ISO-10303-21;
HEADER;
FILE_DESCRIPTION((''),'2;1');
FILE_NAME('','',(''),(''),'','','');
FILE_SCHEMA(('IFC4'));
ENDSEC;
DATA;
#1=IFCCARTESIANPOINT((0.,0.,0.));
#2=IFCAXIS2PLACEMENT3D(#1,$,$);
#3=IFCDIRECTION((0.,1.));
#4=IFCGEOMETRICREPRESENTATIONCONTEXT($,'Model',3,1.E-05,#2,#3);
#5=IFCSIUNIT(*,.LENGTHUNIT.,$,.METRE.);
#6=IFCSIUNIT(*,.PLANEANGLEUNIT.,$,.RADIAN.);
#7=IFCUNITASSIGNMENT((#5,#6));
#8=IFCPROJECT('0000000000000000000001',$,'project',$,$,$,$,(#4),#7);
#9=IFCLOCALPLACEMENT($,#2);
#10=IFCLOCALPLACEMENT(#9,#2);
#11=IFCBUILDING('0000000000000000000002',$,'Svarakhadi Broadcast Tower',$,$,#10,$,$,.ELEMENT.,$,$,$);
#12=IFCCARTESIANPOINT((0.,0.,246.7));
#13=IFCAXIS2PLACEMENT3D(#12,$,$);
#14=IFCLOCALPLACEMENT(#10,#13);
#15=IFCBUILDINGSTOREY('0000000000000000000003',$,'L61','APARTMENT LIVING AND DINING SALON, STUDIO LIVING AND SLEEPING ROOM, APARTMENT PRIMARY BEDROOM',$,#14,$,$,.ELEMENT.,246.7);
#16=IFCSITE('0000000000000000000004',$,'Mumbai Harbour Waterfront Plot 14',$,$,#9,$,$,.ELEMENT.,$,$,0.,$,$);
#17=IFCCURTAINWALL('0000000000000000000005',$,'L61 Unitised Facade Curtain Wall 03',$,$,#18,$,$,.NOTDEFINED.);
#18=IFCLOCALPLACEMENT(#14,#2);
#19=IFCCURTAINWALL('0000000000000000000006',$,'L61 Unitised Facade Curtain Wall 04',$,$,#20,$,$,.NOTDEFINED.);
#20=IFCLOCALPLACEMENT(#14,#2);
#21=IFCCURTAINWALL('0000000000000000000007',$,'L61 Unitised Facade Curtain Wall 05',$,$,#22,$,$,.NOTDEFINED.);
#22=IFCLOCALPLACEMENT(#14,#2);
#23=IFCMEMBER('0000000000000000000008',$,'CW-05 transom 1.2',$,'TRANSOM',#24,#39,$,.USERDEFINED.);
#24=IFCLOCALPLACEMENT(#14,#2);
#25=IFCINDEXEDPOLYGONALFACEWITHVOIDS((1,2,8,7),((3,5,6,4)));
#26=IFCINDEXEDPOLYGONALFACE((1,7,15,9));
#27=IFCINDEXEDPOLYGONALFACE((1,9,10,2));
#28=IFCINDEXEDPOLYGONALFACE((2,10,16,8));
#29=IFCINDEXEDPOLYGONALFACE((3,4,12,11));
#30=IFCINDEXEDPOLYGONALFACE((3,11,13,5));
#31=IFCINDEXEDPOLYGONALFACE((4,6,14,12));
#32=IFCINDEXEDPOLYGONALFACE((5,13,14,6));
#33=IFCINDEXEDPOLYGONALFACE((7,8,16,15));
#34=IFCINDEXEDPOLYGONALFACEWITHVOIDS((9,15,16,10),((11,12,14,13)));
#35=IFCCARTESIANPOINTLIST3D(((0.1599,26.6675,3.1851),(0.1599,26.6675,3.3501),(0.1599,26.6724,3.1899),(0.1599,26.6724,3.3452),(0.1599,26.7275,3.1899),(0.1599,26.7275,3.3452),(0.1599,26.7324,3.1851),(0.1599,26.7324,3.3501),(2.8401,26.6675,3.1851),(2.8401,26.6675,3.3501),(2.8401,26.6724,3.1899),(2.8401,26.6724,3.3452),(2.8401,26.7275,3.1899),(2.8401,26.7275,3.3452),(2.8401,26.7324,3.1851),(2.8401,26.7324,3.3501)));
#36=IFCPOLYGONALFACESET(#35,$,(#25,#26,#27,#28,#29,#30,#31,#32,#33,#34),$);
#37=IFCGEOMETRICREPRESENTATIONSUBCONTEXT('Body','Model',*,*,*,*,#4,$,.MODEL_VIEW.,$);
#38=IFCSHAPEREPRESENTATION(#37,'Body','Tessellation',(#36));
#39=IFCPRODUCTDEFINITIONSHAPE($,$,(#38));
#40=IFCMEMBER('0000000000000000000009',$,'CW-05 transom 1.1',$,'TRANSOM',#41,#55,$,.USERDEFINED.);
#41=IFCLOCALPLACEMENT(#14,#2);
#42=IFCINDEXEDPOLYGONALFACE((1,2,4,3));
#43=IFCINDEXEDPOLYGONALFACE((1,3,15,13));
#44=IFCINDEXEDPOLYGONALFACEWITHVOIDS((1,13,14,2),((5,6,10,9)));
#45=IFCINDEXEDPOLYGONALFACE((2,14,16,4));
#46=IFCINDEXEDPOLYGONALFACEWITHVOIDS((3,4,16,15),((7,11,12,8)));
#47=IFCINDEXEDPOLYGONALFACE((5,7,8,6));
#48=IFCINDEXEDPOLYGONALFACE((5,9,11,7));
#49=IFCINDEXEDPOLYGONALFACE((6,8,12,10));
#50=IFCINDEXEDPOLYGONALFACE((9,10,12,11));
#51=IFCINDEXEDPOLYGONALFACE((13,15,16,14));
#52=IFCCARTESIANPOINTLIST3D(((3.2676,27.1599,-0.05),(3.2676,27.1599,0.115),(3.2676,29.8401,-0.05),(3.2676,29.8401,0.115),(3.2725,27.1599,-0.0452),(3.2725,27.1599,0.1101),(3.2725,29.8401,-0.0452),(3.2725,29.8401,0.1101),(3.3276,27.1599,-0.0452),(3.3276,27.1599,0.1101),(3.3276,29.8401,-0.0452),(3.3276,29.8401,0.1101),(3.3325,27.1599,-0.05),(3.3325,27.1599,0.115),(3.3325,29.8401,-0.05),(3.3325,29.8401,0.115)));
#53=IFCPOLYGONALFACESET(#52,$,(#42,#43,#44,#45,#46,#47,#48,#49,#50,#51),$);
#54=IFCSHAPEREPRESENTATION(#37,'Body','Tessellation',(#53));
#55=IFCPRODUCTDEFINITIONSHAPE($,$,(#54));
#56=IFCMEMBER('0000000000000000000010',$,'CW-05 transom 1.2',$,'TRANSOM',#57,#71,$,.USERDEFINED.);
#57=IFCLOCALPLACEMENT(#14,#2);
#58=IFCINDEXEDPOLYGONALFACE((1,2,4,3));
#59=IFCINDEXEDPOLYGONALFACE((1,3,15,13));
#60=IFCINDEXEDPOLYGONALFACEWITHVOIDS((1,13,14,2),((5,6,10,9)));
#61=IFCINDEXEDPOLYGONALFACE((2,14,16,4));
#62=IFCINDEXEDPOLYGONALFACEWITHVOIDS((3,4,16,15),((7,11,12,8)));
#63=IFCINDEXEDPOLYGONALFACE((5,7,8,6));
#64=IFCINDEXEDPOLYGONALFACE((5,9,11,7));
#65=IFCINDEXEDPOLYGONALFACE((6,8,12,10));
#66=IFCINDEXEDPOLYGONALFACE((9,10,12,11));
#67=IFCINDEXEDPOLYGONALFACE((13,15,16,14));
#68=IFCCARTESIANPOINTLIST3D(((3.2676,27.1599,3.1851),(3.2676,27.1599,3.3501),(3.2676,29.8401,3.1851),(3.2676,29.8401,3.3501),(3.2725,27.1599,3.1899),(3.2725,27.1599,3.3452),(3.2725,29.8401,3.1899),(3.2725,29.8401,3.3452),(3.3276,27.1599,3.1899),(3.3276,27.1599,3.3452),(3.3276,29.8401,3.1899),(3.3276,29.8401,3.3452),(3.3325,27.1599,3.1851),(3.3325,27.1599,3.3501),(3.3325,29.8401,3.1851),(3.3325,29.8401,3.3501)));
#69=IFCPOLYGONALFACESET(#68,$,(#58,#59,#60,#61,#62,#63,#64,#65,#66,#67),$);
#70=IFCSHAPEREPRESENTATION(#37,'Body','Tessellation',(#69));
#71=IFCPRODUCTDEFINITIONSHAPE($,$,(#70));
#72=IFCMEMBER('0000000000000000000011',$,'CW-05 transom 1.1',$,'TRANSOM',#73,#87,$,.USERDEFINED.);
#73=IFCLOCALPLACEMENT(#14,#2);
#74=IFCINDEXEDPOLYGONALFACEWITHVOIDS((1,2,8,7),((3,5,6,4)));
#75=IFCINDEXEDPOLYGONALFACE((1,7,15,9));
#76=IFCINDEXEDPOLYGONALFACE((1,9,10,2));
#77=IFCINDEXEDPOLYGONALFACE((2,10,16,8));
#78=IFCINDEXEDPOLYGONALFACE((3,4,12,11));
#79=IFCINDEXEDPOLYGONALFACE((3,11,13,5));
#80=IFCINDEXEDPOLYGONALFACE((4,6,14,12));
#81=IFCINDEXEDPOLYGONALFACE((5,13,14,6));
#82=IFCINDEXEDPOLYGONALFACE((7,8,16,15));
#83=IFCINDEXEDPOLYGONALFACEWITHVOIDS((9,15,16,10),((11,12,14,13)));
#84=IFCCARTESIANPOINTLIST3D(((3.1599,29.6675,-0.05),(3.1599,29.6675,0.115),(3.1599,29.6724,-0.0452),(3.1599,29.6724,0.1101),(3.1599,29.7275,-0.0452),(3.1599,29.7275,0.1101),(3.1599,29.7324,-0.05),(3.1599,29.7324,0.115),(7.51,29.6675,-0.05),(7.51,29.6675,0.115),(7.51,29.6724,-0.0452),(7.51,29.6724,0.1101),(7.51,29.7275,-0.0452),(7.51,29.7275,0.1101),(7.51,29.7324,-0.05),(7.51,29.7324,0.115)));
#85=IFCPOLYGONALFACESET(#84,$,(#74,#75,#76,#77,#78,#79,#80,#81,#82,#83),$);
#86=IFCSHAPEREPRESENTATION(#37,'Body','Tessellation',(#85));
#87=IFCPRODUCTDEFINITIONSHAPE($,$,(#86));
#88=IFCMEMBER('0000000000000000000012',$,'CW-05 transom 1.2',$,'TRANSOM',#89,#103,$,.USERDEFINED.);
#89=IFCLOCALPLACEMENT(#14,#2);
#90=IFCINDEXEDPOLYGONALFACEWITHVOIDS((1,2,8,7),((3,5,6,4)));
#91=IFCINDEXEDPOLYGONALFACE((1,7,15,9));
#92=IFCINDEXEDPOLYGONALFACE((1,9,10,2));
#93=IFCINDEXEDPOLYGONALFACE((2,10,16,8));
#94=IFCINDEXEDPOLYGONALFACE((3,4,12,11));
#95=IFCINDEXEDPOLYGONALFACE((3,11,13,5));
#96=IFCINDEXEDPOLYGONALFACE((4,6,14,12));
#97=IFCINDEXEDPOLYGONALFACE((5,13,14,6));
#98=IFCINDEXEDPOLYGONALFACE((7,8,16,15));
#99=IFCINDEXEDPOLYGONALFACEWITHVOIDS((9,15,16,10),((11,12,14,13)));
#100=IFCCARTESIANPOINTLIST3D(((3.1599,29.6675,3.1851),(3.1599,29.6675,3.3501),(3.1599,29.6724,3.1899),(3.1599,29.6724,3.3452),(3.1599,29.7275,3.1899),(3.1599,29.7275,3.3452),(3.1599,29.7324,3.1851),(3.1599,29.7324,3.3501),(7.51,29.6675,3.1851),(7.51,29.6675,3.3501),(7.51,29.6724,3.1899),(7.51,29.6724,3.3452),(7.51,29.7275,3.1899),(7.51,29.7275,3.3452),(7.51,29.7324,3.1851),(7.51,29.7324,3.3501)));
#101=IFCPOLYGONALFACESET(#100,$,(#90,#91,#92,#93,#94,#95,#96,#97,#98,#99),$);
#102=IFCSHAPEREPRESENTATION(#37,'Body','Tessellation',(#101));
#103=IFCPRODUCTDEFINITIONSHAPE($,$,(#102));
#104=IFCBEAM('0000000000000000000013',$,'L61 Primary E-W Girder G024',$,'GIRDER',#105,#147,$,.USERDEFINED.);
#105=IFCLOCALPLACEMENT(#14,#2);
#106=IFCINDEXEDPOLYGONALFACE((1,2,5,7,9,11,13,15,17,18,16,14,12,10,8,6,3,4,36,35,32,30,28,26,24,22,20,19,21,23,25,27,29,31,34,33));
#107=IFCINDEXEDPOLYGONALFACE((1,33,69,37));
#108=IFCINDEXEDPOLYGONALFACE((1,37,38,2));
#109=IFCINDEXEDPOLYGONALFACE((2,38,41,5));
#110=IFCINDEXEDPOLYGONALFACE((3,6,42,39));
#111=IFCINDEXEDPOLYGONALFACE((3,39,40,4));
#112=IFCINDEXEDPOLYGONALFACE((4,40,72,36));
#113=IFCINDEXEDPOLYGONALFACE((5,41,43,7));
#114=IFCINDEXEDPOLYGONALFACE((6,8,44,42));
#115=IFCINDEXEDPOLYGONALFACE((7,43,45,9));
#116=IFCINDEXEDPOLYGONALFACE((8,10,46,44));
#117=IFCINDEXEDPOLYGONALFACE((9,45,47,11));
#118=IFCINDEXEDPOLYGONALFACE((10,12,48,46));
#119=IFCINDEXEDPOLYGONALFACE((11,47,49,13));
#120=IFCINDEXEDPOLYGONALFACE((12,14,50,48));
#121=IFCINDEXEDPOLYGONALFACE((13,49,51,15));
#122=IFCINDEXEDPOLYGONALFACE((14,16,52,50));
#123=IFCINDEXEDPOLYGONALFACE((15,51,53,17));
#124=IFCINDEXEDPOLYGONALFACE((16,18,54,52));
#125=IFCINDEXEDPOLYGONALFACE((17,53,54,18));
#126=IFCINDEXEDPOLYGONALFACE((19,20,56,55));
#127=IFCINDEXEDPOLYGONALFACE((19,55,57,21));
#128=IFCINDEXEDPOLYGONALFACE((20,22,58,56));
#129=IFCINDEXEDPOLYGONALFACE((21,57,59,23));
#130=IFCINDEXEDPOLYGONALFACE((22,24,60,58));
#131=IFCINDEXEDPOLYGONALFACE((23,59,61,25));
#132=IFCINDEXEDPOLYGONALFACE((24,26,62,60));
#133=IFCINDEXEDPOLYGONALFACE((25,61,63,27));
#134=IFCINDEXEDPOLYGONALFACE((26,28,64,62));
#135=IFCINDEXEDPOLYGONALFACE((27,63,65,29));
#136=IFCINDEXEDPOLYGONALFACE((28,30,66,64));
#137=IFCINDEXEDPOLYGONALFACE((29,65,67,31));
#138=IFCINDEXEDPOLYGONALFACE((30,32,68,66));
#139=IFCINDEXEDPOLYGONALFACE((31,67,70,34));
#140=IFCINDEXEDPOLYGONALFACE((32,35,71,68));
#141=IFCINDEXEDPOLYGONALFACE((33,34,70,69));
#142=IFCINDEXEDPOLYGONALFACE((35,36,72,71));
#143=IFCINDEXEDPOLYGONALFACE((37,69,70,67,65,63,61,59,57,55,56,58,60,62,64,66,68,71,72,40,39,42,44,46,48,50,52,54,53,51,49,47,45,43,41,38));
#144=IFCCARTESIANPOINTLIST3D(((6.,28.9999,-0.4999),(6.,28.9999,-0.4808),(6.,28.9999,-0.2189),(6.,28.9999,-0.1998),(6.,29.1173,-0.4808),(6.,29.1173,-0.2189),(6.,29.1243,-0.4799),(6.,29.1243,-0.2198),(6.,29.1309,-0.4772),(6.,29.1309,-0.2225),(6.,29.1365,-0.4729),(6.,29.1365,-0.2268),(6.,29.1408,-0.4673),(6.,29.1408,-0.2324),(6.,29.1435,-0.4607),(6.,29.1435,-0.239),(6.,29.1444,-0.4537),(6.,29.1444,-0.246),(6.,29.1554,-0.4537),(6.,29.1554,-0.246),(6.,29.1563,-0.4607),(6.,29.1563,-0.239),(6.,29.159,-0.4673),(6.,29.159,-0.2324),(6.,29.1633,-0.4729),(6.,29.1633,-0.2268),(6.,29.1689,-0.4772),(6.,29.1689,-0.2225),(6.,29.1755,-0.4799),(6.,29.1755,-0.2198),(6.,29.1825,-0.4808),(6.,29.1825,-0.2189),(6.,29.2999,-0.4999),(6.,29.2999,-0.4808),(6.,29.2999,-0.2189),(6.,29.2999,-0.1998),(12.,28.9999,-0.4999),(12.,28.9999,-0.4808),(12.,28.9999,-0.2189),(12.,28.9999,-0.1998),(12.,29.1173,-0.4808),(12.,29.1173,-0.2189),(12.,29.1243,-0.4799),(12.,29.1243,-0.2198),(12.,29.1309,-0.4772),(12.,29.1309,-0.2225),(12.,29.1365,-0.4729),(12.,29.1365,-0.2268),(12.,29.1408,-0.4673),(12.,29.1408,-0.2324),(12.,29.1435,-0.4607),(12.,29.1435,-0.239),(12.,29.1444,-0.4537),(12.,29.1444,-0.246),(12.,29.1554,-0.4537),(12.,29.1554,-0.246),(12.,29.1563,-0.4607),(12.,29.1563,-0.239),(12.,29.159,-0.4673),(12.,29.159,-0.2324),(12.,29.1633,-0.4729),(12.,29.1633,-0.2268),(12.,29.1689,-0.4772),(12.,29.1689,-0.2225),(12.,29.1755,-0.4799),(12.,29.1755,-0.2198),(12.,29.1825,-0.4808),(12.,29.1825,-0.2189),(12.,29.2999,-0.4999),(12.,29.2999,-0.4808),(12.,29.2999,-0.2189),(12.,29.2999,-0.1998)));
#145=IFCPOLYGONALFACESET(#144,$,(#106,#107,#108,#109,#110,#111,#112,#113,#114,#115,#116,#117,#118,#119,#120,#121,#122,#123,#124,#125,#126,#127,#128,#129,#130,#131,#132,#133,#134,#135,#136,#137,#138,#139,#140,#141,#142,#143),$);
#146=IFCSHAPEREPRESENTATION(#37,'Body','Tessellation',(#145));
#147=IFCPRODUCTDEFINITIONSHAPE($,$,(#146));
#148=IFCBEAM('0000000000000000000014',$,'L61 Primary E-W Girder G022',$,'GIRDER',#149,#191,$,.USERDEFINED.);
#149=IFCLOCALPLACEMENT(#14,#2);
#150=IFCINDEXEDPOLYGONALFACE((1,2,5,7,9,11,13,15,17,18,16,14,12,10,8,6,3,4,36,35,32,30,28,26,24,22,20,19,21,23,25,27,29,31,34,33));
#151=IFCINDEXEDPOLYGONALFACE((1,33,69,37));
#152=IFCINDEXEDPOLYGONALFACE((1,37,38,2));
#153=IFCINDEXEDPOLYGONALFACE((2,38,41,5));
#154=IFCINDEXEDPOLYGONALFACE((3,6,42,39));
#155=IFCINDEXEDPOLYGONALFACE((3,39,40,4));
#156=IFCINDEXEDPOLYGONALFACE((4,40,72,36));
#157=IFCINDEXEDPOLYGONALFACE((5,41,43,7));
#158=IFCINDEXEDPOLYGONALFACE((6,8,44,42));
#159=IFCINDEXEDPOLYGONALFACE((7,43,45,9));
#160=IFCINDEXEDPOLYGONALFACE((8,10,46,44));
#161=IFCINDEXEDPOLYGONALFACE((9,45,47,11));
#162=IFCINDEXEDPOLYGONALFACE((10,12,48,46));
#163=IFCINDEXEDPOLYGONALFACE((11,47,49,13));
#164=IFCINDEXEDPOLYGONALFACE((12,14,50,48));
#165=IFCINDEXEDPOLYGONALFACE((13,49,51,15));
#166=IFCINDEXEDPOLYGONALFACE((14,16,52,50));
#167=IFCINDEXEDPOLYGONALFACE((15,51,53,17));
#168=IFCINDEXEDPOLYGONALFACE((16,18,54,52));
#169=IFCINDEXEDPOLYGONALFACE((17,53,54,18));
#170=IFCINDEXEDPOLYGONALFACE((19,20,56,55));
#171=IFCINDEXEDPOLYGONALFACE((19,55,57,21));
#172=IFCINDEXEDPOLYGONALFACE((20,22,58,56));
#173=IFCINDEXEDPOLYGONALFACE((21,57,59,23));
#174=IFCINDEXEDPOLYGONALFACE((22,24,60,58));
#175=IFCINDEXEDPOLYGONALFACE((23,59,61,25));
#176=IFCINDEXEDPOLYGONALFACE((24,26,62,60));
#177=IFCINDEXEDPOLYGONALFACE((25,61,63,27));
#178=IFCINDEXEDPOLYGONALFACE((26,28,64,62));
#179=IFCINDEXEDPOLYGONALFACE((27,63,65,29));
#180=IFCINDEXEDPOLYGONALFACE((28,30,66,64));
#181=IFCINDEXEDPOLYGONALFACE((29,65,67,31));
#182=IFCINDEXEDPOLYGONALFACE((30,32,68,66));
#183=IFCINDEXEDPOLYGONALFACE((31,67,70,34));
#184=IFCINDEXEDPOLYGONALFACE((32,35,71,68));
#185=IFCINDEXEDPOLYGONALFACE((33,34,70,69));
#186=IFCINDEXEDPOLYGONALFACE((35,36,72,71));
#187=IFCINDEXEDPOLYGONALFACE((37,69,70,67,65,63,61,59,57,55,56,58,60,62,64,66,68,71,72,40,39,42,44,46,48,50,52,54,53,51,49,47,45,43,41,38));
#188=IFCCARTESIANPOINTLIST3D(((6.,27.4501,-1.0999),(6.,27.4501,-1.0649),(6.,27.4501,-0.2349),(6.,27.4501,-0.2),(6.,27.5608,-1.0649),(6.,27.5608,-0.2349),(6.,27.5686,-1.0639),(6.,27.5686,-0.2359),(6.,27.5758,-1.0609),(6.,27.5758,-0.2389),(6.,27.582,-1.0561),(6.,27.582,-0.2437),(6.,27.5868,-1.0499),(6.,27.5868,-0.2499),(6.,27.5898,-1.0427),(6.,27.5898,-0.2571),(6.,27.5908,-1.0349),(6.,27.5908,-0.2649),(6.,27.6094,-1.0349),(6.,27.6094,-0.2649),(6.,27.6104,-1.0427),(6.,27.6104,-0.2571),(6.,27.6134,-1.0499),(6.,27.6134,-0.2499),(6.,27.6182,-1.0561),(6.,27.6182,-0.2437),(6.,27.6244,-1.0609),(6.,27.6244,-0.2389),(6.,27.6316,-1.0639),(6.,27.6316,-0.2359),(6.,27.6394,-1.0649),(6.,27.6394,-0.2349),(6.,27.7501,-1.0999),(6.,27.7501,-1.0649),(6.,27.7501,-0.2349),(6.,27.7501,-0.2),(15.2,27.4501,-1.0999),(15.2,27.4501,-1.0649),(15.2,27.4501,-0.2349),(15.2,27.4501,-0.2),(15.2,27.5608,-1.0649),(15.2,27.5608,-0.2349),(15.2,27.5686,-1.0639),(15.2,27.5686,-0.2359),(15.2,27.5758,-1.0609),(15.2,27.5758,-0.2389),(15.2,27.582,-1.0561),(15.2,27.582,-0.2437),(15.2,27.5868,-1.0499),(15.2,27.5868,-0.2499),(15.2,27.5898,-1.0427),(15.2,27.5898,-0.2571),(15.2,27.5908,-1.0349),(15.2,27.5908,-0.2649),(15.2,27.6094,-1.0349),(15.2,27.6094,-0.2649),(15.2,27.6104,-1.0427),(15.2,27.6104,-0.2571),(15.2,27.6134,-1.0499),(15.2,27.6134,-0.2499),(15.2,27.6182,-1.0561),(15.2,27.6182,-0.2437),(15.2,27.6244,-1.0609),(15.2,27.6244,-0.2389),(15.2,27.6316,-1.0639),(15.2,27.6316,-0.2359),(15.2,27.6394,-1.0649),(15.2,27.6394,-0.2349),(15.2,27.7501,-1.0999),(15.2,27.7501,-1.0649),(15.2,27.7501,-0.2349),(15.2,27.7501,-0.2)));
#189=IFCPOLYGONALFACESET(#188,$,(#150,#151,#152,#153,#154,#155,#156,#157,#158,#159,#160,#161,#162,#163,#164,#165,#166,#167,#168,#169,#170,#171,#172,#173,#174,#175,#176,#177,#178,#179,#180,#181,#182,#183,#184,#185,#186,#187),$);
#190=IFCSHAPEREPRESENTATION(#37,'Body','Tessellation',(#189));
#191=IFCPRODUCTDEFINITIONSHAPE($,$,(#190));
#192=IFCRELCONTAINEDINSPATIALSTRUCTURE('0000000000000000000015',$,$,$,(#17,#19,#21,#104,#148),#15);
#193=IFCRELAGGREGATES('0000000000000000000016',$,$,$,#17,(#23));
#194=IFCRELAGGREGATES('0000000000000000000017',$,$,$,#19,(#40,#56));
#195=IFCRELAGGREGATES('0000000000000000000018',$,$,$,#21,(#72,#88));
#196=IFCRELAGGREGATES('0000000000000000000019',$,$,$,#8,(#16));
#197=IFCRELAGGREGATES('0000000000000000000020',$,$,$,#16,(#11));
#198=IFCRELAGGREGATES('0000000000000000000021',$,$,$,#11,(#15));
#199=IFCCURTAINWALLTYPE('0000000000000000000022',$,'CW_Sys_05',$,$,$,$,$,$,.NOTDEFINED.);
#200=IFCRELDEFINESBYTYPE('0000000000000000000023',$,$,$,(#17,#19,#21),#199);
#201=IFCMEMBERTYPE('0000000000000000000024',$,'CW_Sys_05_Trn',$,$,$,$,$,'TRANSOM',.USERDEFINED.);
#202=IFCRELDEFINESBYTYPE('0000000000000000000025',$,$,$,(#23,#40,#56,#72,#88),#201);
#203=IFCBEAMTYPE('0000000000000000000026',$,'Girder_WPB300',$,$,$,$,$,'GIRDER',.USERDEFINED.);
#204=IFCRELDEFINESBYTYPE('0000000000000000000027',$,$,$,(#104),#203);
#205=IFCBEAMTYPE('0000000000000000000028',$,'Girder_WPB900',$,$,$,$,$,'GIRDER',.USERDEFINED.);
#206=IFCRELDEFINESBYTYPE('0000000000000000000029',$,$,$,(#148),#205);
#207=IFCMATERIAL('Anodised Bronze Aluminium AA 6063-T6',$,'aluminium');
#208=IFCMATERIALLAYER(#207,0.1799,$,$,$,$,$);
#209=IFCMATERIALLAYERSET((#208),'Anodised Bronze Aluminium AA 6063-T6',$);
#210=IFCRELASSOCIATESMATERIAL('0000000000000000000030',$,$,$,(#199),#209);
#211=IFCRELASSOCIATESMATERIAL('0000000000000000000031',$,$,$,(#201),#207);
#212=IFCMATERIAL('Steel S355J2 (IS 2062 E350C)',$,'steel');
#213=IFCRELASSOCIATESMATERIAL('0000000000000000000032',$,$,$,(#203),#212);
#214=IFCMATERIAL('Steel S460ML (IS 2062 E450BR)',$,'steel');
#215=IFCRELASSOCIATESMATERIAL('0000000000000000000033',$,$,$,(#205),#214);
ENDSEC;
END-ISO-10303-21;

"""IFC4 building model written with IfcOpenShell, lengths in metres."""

from ifc_helpers import new_model, si_unit, direction, frame, origin, origin_2d, place, context, subcontext, project, spatial, hollow_rectangle, i_section, extrude, material, layer, layer_set, material_profile, profile_set, type_object, element, aggregate, save


model = new_model("IFC4")

# Units and contexts
model_context = context("Model", 3, precision=1e-05, world=origin(), true_north=direction((0.0, 1.0)))
body_context = subcontext(model_context, "Body", "Model", "MODEL_VIEW")
ifc_project = project(units=[si_unit("LENGTHUNIT", "METRE"), si_unit("PLANEANGLEUNIT", "RADIAN")], contexts=[model_context])

# Site, building, storey
site_placement = place(None, origin())
site = spatial("IfcSite", under=ifc_project, at=site_placement, Name="Mumbai Harbour Waterfront Plot 14", CompositionType="ELEMENT", RefElevation=0.0)
building_placement = place(site_placement, origin())
building = spatial("IfcBuilding", under=site, at=building_placement, Name="Svarakhadi Broadcast Tower", CompositionType="ELEMENT")
storey_placement = place(building_placement, frame((0.0, 0.0, 246.7)))
storey = spatial("IfcBuildingStorey", under=building, at=storey_placement, Name="L61", Description="APARTMENT LIVING AND DINING SALON, STUDIO LIVING AND SLEEPING ROOM, APARTMENT PRIMARY BEDROOM", CompositionType="ELEMENT", Elevation=246.7)

# Shared definitions
ifc_material_1 = material(Name="Steel S460ML (IS 2062 E450BR)", Category="steel")

# Curtain walls
ifc_material_2 = material(Name="Anodised Bronze Aluminium AA 6063-T6", Category="aluminium")
ifc_layer_1 = layer(ifc_material_2, 0.1799)
ifc_layer_set_1 = layer_set([ifc_layer_1], Name="Anodised Bronze Aluminium AA 6063-T6")
curtain_wall_type = type_object("IfcCurtainWallType", Name="CW_Sys_05", PredefinedType="NOTDEFINED", material=ifc_layer_set_1)
curtain_wall_1_placement = place(storey_placement, origin())
curtain_wall_1 = element("IfcCurtainWall", 1, at=curtain_wall_1_placement, inside=storey, type_object=curtain_wall_type, Name="L61 Unitised Facade Curtain Wall 03", PredefinedType="NOTDEFINED")
curtain_wall_2_placement = place(storey_placement, origin())
curtain_wall_2 = element("IfcCurtainWall", 2, at=curtain_wall_2_placement, inside=storey, type_object=curtain_wall_type, Name="L61 Unitised Facade Curtain Wall 04", PredefinedType="NOTDEFINED")

# Curtain wall
curtain_wall_3_placement = place(storey_placement, origin())
curtain_wall_3 = element("IfcCurtainWall", 3, at=curtain_wall_3_placement, inside=storey, type_object=curtain_wall_type, Name="L61 Unitised Facade Curtain Wall 05", PredefinedType="NOTDEFINED")

# Members
ifc_material_profile_1 = material_profile(ifc_material_2, hollow_rectangle(XDim=0.0649, YDim=0.165, WallThickness=0.0049, at=origin_2d()), Name="ALU TRANSOM 165x65x5")
ifc_profile_set_1 = profile_set([ifc_material_profile_1], Name="Anodised Bronze Aluminium AA 6063-T6")
member_type_1 = type_object("IfcMemberType", Name="CW_Sys_05_Trn", ElementType="TRANSOM", PredefinedType="USERDEFINED", material=ifc_profile_set_1)
member_1_placement = place(storey_placement, frame((0.1599, 26.7, 3.2676), z_axis=(1.0, 0.0, 0.0), x_axis=(0.0, 1.0, 0.0)))
member_1 = element("IfcMember", 4, at=member_1_placement, type_object=member_type_1, Name="CW-05 transom 1.2", ObjectType="TRANSOM", PredefinedType="USERDEFINED", context=body_context, shape_type="SweptSolid", body=[
    extrude(hollow_rectangle(XDim=0.0649, YDim=0.165, WallThickness=0.0049, at=origin_2d()), origin(), (0.0, 0.0, 1.0), 2.6802),
])
member_2_placement = place(storey_placement, frame((3.3, 27.1599, 0.0325), z_axis=(0.0, 1.0, 0.0), x_axis=(-1.0, 0.0, 0.0)))
member_2 = element("IfcMember", 5, at=member_2_placement, type_object=member_type_1, Name="CW-05 transom 1.1", ObjectType="TRANSOM", PredefinedType="USERDEFINED", context=body_context, shape_type="SweptSolid", body=[
    extrude(hollow_rectangle(XDim=0.0649, YDim=0.165, WallThickness=0.0049, at=origin_2d()), origin(), (0.0, 0.0, 1.0), 2.6802),
])
member_3_placement = place(storey_placement, frame((3.3, 27.1599, 3.2676), z_axis=(0.0, 1.0, 0.0), x_axis=(-1.0, 0.0, 0.0)))
member_3 = element("IfcMember", 6, at=member_3_placement, type_object=member_type_1, Name="CW-05 transom 1.2", ObjectType="TRANSOM", PredefinedType="USERDEFINED", context=body_context, shape_type="SweptSolid", body=[
    extrude(hollow_rectangle(XDim=0.0649, YDim=0.165, WallThickness=0.0049, at=origin_2d()), origin(), (0.0, 0.0, 1.0), 2.6802),
])
member_4_placement = place(storey_placement, frame((3.1599, 29.7, 0.0325), z_axis=(1.0, 0.0, 0.0), x_axis=(0.0, 1.0, 0.0)))
member_4 = element("IfcMember", 7, at=member_4_placement, type_object=member_type_1, Name="CW-05 transom 1.1", ObjectType="TRANSOM", PredefinedType="USERDEFINED", context=body_context, shape_type="SweptSolid", body=[
    extrude(hollow_rectangle(XDim=0.0649, YDim=0.165, WallThickness=0.0049, at=origin_2d()), origin(), (0.0, 0.0, 1.0), 4.3501),
])
member_5_placement = place(storey_placement, frame((3.1599, 29.7, 3.2676), z_axis=(1.0, 0.0, 0.0), x_axis=(0.0, 1.0, 0.0)))
member_5 = element("IfcMember", 8, at=member_5_placement, type_object=member_type_1, Name="CW-05 transom 1.2", ObjectType="TRANSOM", PredefinedType="USERDEFINED", context=body_context, shape_type="SweptSolid", body=[
    extrude(hollow_rectangle(XDim=0.0649, YDim=0.165, WallThickness=0.0049, at=origin_2d()), origin(), (0.0, 0.0, 1.0), 4.3501),
])

# Beams
ifc_material_3 = material(Name="Steel S355J2 (IS 2062 E350C)", Category="steel")
ifc_material_profile_2 = material_profile(ifc_material_3, i_section(OverallWidth=0.3, OverallDepth=0.3, WebThickness=0.011, FlangeThickness=0.019, FilletRadius=0.0271, at=origin_2d()), Name="WPB 300x300x117")
ifc_profile_set_2 = profile_set([ifc_material_profile_2], Name="Steel S355J2 (IS 2062 E350C)")
beam_type_1 = type_object("IfcBeamType", Name="Girder_WPB300", ElementType="GIRDER", PredefinedType="USERDEFINED", material=ifc_profile_set_2)
beam_1_placement = place(storey_placement, frame((6.0, 29.1499, -0.3499), z_axis=(1.0, 0.0, 0.0), x_axis=(0.0, 1.0, 0.0)))
element("IfcBeam", 9, at=beam_1_placement, inside=storey, type_object=beam_type_1, Name="L61 Primary E-W Girder G024", ObjectType="GIRDER", PredefinedType="USERDEFINED", context=body_context, shape_type="SweptSolid", body=[
    extrude(i_section(OverallWidth=0.3, OverallDepth=0.3, WebThickness=0.011, FlangeThickness=0.019, FilletRadius=0.0271, at=origin_2d()), origin(), (0.0, 0.0, 1.0), 6.0),
])
ifc_material_profile_3 = material_profile(ifc_material_1, i_section(OverallWidth=0.3, OverallDepth=0.8999, WebThickness=0.0186, FlangeThickness=0.0349, FilletRadius=0.03, at=origin_2d()), Name="WPB 900x300x291")
ifc_profile_set_3 = profile_set([ifc_material_profile_3], Name="Steel S460ML (IS 2062 E450BR)")
beam_type_2 = type_object("IfcBeamType", Name="Girder_WPB900", ElementType="GIRDER", PredefinedType="USERDEFINED", material=ifc_profile_set_3)
beam_2_placement = place(storey_placement, frame((6.0, 27.6001, -0.6499), z_axis=(1.0, 0.0, 0.0), x_axis=(0.0, 1.0, 0.0)))
element("IfcBeam", 10, at=beam_2_placement, inside=storey, type_object=beam_type_2, Name="L61 Primary E-W Girder G022", ObjectType="GIRDER", PredefinedType="USERDEFINED", context=body_context, shape_type="SweptSolid", body=[
    extrude(i_section(OverallWidth=0.3, OverallDepth=0.8999, WebThickness=0.0186, FlangeThickness=0.0349, FilletRadius=0.03, at=origin_2d()), origin(), (0.0, 0.0, 1.0), 9.2),
])

aggregate(curtain_wall_1, [member_1])
aggregate(curtain_wall_2, [member_2, member_3])
aggregate(curtain_wall_3, [member_4, member_5])

save(model, "model.ifc")
